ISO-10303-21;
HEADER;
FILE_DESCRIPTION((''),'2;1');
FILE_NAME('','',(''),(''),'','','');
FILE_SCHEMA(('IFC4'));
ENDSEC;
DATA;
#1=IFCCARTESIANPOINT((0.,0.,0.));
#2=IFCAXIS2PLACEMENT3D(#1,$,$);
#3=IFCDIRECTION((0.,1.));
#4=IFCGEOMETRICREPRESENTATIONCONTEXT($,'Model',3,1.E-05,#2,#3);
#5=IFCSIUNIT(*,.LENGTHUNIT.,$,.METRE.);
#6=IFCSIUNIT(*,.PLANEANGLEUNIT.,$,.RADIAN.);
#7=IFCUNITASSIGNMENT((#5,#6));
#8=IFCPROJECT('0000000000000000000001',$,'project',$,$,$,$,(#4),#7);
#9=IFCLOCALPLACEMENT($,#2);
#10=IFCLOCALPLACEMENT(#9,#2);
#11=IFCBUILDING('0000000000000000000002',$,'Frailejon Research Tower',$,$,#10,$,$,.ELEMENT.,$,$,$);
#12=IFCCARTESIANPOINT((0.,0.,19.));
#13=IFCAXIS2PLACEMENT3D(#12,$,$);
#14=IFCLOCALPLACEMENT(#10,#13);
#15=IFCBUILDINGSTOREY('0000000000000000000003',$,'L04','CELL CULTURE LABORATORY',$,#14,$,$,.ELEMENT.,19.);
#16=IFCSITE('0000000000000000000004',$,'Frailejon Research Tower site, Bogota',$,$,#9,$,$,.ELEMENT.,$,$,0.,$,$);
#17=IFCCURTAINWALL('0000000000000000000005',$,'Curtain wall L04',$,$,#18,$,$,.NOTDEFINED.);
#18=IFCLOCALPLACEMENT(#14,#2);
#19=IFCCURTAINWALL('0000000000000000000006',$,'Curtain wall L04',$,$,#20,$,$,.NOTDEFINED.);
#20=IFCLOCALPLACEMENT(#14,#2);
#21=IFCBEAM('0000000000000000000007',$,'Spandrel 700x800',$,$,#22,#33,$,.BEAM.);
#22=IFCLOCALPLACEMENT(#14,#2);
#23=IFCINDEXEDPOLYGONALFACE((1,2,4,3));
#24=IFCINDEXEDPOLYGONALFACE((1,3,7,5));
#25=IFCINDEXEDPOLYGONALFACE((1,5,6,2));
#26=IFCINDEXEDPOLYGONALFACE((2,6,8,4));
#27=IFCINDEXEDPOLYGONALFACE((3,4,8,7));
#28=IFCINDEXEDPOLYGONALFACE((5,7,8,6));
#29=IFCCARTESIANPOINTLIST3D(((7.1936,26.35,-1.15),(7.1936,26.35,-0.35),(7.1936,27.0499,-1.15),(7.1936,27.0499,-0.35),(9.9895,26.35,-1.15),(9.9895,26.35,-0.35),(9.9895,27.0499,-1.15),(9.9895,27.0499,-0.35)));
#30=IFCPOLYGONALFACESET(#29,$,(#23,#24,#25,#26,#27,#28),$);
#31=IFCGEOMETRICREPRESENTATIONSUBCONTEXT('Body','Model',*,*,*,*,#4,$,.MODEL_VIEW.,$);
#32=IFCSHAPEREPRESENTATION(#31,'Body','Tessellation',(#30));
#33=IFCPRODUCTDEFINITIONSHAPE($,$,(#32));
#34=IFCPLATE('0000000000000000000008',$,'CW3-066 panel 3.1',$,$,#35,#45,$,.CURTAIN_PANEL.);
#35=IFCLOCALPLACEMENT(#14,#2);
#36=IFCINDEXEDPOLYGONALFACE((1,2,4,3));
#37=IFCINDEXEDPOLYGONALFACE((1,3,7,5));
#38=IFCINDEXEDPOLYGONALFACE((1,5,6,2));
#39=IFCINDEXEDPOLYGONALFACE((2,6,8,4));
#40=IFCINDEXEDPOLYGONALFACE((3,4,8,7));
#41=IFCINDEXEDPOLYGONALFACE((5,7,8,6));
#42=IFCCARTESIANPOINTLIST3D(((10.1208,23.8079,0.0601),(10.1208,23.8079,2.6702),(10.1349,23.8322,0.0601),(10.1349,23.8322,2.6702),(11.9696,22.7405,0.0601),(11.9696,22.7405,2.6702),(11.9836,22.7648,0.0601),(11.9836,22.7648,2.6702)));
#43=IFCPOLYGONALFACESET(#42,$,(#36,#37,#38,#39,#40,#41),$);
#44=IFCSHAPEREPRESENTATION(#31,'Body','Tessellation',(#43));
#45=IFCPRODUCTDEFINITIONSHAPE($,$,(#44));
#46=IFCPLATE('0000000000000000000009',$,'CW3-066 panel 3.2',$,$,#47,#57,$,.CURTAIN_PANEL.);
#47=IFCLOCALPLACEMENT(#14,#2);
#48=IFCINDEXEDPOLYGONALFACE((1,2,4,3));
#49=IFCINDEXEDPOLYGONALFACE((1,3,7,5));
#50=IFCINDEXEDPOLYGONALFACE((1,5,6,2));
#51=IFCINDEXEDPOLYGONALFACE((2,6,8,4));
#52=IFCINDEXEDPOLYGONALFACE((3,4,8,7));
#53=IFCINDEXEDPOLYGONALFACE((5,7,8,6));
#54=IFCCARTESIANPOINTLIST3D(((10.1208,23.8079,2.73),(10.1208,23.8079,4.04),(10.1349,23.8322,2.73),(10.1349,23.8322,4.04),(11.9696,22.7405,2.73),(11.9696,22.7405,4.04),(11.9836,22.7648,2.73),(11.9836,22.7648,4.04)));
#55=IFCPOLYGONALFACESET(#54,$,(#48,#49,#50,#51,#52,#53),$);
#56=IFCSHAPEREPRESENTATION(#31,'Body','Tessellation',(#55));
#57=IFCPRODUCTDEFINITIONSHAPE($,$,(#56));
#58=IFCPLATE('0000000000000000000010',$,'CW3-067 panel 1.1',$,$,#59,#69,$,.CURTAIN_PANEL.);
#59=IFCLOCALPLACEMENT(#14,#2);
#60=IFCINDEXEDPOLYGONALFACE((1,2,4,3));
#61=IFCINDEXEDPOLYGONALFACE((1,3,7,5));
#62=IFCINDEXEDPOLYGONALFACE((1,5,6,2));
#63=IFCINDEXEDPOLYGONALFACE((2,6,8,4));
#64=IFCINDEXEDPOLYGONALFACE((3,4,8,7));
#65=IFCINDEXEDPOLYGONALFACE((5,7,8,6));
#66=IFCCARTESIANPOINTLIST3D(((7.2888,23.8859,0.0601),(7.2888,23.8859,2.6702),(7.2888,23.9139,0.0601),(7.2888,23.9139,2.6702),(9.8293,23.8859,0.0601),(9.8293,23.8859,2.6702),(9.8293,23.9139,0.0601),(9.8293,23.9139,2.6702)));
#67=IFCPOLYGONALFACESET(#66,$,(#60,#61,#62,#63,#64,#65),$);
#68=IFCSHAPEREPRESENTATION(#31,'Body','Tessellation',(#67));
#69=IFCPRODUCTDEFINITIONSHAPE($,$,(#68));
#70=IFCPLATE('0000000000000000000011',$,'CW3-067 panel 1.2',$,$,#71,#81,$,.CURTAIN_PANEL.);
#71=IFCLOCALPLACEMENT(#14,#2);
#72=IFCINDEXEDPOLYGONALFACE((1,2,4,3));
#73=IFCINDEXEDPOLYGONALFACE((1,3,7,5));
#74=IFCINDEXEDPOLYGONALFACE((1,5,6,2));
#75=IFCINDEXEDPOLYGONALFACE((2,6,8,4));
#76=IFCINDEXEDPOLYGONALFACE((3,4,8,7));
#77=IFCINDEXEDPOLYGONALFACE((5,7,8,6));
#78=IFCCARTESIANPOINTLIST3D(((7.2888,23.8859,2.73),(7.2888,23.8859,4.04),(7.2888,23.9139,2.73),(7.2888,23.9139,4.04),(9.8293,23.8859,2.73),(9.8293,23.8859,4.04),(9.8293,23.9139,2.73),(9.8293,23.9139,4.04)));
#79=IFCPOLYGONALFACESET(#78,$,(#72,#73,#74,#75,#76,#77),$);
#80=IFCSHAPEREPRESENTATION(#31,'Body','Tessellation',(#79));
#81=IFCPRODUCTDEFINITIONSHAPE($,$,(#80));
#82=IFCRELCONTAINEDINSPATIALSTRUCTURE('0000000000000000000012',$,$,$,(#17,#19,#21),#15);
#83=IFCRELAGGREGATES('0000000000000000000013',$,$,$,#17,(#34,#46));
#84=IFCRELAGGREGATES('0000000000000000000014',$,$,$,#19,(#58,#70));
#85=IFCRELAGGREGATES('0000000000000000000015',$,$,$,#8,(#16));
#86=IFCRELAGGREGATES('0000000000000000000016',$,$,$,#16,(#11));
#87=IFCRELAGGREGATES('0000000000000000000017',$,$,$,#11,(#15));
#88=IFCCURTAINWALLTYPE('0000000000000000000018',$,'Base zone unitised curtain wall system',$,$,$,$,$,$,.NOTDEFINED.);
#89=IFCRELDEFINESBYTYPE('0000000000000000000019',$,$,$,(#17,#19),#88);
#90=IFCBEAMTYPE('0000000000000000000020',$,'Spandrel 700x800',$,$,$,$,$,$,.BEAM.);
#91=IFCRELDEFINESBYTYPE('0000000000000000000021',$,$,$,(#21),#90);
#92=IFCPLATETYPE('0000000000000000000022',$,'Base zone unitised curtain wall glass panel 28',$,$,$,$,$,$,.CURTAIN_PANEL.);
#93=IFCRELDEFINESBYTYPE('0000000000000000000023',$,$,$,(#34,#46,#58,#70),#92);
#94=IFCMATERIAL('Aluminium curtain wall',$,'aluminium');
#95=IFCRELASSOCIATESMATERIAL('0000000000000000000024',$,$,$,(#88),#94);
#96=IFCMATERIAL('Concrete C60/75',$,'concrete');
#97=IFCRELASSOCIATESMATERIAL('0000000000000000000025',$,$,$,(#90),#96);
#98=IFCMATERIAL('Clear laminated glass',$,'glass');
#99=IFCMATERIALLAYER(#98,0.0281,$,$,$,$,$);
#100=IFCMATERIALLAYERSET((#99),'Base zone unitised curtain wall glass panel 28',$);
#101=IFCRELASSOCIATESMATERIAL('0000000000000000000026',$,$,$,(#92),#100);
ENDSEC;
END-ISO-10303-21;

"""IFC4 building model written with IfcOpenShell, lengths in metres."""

from ifc_helpers import new_model, si_unit, direction, frame, origin, origin_2d, place, context, subcontext, project, spatial, rectangle, extrude, material, layer, layer_set, material_profile, profile_set, type_object, element, aggregate, save


model = new_model("IFC4")

# Units and contexts
model_context = context("Model", 3, precision=1e-05, world=origin(), true_north=direction((0.0, 1.0)))
body_context = subcontext(model_context, "Body", "Model", "MODEL_VIEW")
ifc_project = project(units=[si_unit("LENGTHUNIT", "METRE"), si_unit("PLANEANGLEUNIT", "RADIAN")], contexts=[model_context])

# Site, building, storey
site_placement = place(None, origin())
site = spatial("IfcSite", under=ifc_project, at=site_placement, Name="Frailejon Research Tower site, Bogota", CompositionType="ELEMENT", RefElevation=0.0)
building_placement = place(site_placement, origin())
building = spatial("IfcBuilding", under=site, at=building_placement, Name="Frailejon Research Tower", CompositionType="ELEMENT")
storey_placement = place(building_placement, frame((0.0, 0.0, 19.0)))
storey = spatial("IfcBuildingStorey", under=building, at=storey_placement, Name="L04", Description="CELL CULTURE LABORATORY", CompositionType="ELEMENT", Elevation=19.0)

# Curtain wall
ifc_material_1 = material(Name="Aluminium curtain wall", Category="aluminium")
curtain_wall_type = type_object("IfcCurtainWallType", Name="Base zone unitised curtain wall system", PredefinedType="NOTDEFINED", material=ifc_material_1)
curtain_wall_1_placement = place(storey_placement, origin())
curtain_wall_1 = element("IfcCurtainWall", 1, at=curtain_wall_1_placement, inside=storey, type_object=curtain_wall_type, Name="Curtain wall L04", PredefinedType="NOTDEFINED")

# Curtain wall
curtain_wall_2_placement = place(storey_placement, origin())
curtain_wall_2 = element("IfcCurtainWall", 2, at=curtain_wall_2_placement, inside=storey, type_object=curtain_wall_type, Name="Curtain wall L04", PredefinedType="NOTDEFINED")

# Beam
ifc_material_2 = material(Name="Concrete C60/75", Category="concrete")
ifc_material_profile_1 = material_profile(ifc_material_2, rectangle(XDim=0.7, YDim=0.8, at=origin_2d()), Name="Spandrel 700x800")
ifc_profile_set_1 = profile_set([ifc_material_profile_1], Name="Concrete C60/75")
beam_type_1 = type_object("IfcBeamType", Name="Spandrel 700x800", PredefinedType="BEAM", material=ifc_profile_set_1)
beam_1_placement = place(storey_placement, frame((9.9895, 26.7, -0.75), z_axis=(-1.0, 0.0, 0.0), x_axis=(0.0, -1.0, 0.0)))
element("IfcBeam", 3, at=beam_1_placement, inside=storey, type_object=beam_type_1, Name="Spandrel 700x800", PredefinedType="BEAM", context=body_context, shape_type="SweptSolid", body=[
    extrude(rectangle(XDim=0.7, YDim=0.8, at=origin_2d()), origin(), (0.0, 0.0, 1.0), 2.7959),
])

# Plates
ifc_material_3 = material(Name="Clear laminated glass", Category="glass")
ifc_layer = layer(ifc_material_3, 0.0281)
ifc_layer_set = layer_set([ifc_layer], Name="Base zone unitised curtain wall glass panel 28")
plate_type = type_object("IfcPlateType", Name="Base zone unitised curtain wall glass panel 28", PredefinedType="CURTAIN_PANEL", material=ifc_layer_set)
plate_1_placement = place(storey_placement, frame((11.0522, 23.2864, 0.0601), z_axis=(0.0, 0.0, 1.0), x_axis=(-0.866026, 0.499998, 0.0)))
plate_1 = element("IfcPlate", 4, at=plate_1_placement, type_object=plate_type, Name="CW3-066 panel 3.1", PredefinedType="CURTAIN_PANEL", context=body_context, shape_type="SweptSolid", body=[
    extrude(rectangle(XDim=2.1348, YDim=0.0281, at=origin_2d()), origin(), (0.0, 0.0, 1.0), 2.6101),
])
plate_2_placement = place(storey_placement, frame((11.0522, 23.2864, 2.73), z_axis=(0.0, 0.0, 1.0), x_axis=(-0.866026, 0.499998, 0.0)))
plate_2 = element("IfcPlate", 5, at=plate_2_placement, type_object=plate_type, Name="CW3-066 panel 3.2", PredefinedType="CURTAIN_PANEL", context=body_context, shape_type="SweptSolid", body=[
    extrude(rectangle(XDim=2.1348, YDim=0.0281, at=origin_2d()), origin(), (0.0, 0.0, 1.0), 1.3101),
])
aggregate(curtain_wall_1, [plate_1, plate_2])
plate_3_placement = place(storey_placement, frame((8.5591, 23.8999, 0.0601), z_axis=(0.0, 0.0, 1.0), x_axis=(-1.0, 0.0, 0.0)))
plate_3 = element("IfcPlate", 6, at=plate_3_placement, type_object=plate_type, Name="CW3-067 panel 1.1", PredefinedType="CURTAIN_PANEL", context=body_context, shape_type="SweptSolid", body=[
    extrude(rectangle(XDim=2.5405, YDim=0.0281, at=origin_2d()), origin(), (0.0, 0.0, 1.0), 2.6101),
])
plate_4_placement = place(storey_placement, frame((8.5591, 23.8999, 2.73), z_axis=(0.0, 0.0, 1.0), x_axis=(-1.0, 0.0, 0.0)))
plate_4 = element("IfcPlate", 7, at=plate_4_placement, type_object=plate_type, Name="CW3-067 panel 1.2", PredefinedType="CURTAIN_PANEL", context=body_context, shape_type="SweptSolid", body=[
    extrude(rectangle(XDim=2.5405, YDim=0.0281, at=origin_2d()), origin(), (0.0, 0.0, 1.0), 1.3101),
])
aggregate(curtain_wall_2, [plate_3, plate_4])

save(model, "model.ifc")
